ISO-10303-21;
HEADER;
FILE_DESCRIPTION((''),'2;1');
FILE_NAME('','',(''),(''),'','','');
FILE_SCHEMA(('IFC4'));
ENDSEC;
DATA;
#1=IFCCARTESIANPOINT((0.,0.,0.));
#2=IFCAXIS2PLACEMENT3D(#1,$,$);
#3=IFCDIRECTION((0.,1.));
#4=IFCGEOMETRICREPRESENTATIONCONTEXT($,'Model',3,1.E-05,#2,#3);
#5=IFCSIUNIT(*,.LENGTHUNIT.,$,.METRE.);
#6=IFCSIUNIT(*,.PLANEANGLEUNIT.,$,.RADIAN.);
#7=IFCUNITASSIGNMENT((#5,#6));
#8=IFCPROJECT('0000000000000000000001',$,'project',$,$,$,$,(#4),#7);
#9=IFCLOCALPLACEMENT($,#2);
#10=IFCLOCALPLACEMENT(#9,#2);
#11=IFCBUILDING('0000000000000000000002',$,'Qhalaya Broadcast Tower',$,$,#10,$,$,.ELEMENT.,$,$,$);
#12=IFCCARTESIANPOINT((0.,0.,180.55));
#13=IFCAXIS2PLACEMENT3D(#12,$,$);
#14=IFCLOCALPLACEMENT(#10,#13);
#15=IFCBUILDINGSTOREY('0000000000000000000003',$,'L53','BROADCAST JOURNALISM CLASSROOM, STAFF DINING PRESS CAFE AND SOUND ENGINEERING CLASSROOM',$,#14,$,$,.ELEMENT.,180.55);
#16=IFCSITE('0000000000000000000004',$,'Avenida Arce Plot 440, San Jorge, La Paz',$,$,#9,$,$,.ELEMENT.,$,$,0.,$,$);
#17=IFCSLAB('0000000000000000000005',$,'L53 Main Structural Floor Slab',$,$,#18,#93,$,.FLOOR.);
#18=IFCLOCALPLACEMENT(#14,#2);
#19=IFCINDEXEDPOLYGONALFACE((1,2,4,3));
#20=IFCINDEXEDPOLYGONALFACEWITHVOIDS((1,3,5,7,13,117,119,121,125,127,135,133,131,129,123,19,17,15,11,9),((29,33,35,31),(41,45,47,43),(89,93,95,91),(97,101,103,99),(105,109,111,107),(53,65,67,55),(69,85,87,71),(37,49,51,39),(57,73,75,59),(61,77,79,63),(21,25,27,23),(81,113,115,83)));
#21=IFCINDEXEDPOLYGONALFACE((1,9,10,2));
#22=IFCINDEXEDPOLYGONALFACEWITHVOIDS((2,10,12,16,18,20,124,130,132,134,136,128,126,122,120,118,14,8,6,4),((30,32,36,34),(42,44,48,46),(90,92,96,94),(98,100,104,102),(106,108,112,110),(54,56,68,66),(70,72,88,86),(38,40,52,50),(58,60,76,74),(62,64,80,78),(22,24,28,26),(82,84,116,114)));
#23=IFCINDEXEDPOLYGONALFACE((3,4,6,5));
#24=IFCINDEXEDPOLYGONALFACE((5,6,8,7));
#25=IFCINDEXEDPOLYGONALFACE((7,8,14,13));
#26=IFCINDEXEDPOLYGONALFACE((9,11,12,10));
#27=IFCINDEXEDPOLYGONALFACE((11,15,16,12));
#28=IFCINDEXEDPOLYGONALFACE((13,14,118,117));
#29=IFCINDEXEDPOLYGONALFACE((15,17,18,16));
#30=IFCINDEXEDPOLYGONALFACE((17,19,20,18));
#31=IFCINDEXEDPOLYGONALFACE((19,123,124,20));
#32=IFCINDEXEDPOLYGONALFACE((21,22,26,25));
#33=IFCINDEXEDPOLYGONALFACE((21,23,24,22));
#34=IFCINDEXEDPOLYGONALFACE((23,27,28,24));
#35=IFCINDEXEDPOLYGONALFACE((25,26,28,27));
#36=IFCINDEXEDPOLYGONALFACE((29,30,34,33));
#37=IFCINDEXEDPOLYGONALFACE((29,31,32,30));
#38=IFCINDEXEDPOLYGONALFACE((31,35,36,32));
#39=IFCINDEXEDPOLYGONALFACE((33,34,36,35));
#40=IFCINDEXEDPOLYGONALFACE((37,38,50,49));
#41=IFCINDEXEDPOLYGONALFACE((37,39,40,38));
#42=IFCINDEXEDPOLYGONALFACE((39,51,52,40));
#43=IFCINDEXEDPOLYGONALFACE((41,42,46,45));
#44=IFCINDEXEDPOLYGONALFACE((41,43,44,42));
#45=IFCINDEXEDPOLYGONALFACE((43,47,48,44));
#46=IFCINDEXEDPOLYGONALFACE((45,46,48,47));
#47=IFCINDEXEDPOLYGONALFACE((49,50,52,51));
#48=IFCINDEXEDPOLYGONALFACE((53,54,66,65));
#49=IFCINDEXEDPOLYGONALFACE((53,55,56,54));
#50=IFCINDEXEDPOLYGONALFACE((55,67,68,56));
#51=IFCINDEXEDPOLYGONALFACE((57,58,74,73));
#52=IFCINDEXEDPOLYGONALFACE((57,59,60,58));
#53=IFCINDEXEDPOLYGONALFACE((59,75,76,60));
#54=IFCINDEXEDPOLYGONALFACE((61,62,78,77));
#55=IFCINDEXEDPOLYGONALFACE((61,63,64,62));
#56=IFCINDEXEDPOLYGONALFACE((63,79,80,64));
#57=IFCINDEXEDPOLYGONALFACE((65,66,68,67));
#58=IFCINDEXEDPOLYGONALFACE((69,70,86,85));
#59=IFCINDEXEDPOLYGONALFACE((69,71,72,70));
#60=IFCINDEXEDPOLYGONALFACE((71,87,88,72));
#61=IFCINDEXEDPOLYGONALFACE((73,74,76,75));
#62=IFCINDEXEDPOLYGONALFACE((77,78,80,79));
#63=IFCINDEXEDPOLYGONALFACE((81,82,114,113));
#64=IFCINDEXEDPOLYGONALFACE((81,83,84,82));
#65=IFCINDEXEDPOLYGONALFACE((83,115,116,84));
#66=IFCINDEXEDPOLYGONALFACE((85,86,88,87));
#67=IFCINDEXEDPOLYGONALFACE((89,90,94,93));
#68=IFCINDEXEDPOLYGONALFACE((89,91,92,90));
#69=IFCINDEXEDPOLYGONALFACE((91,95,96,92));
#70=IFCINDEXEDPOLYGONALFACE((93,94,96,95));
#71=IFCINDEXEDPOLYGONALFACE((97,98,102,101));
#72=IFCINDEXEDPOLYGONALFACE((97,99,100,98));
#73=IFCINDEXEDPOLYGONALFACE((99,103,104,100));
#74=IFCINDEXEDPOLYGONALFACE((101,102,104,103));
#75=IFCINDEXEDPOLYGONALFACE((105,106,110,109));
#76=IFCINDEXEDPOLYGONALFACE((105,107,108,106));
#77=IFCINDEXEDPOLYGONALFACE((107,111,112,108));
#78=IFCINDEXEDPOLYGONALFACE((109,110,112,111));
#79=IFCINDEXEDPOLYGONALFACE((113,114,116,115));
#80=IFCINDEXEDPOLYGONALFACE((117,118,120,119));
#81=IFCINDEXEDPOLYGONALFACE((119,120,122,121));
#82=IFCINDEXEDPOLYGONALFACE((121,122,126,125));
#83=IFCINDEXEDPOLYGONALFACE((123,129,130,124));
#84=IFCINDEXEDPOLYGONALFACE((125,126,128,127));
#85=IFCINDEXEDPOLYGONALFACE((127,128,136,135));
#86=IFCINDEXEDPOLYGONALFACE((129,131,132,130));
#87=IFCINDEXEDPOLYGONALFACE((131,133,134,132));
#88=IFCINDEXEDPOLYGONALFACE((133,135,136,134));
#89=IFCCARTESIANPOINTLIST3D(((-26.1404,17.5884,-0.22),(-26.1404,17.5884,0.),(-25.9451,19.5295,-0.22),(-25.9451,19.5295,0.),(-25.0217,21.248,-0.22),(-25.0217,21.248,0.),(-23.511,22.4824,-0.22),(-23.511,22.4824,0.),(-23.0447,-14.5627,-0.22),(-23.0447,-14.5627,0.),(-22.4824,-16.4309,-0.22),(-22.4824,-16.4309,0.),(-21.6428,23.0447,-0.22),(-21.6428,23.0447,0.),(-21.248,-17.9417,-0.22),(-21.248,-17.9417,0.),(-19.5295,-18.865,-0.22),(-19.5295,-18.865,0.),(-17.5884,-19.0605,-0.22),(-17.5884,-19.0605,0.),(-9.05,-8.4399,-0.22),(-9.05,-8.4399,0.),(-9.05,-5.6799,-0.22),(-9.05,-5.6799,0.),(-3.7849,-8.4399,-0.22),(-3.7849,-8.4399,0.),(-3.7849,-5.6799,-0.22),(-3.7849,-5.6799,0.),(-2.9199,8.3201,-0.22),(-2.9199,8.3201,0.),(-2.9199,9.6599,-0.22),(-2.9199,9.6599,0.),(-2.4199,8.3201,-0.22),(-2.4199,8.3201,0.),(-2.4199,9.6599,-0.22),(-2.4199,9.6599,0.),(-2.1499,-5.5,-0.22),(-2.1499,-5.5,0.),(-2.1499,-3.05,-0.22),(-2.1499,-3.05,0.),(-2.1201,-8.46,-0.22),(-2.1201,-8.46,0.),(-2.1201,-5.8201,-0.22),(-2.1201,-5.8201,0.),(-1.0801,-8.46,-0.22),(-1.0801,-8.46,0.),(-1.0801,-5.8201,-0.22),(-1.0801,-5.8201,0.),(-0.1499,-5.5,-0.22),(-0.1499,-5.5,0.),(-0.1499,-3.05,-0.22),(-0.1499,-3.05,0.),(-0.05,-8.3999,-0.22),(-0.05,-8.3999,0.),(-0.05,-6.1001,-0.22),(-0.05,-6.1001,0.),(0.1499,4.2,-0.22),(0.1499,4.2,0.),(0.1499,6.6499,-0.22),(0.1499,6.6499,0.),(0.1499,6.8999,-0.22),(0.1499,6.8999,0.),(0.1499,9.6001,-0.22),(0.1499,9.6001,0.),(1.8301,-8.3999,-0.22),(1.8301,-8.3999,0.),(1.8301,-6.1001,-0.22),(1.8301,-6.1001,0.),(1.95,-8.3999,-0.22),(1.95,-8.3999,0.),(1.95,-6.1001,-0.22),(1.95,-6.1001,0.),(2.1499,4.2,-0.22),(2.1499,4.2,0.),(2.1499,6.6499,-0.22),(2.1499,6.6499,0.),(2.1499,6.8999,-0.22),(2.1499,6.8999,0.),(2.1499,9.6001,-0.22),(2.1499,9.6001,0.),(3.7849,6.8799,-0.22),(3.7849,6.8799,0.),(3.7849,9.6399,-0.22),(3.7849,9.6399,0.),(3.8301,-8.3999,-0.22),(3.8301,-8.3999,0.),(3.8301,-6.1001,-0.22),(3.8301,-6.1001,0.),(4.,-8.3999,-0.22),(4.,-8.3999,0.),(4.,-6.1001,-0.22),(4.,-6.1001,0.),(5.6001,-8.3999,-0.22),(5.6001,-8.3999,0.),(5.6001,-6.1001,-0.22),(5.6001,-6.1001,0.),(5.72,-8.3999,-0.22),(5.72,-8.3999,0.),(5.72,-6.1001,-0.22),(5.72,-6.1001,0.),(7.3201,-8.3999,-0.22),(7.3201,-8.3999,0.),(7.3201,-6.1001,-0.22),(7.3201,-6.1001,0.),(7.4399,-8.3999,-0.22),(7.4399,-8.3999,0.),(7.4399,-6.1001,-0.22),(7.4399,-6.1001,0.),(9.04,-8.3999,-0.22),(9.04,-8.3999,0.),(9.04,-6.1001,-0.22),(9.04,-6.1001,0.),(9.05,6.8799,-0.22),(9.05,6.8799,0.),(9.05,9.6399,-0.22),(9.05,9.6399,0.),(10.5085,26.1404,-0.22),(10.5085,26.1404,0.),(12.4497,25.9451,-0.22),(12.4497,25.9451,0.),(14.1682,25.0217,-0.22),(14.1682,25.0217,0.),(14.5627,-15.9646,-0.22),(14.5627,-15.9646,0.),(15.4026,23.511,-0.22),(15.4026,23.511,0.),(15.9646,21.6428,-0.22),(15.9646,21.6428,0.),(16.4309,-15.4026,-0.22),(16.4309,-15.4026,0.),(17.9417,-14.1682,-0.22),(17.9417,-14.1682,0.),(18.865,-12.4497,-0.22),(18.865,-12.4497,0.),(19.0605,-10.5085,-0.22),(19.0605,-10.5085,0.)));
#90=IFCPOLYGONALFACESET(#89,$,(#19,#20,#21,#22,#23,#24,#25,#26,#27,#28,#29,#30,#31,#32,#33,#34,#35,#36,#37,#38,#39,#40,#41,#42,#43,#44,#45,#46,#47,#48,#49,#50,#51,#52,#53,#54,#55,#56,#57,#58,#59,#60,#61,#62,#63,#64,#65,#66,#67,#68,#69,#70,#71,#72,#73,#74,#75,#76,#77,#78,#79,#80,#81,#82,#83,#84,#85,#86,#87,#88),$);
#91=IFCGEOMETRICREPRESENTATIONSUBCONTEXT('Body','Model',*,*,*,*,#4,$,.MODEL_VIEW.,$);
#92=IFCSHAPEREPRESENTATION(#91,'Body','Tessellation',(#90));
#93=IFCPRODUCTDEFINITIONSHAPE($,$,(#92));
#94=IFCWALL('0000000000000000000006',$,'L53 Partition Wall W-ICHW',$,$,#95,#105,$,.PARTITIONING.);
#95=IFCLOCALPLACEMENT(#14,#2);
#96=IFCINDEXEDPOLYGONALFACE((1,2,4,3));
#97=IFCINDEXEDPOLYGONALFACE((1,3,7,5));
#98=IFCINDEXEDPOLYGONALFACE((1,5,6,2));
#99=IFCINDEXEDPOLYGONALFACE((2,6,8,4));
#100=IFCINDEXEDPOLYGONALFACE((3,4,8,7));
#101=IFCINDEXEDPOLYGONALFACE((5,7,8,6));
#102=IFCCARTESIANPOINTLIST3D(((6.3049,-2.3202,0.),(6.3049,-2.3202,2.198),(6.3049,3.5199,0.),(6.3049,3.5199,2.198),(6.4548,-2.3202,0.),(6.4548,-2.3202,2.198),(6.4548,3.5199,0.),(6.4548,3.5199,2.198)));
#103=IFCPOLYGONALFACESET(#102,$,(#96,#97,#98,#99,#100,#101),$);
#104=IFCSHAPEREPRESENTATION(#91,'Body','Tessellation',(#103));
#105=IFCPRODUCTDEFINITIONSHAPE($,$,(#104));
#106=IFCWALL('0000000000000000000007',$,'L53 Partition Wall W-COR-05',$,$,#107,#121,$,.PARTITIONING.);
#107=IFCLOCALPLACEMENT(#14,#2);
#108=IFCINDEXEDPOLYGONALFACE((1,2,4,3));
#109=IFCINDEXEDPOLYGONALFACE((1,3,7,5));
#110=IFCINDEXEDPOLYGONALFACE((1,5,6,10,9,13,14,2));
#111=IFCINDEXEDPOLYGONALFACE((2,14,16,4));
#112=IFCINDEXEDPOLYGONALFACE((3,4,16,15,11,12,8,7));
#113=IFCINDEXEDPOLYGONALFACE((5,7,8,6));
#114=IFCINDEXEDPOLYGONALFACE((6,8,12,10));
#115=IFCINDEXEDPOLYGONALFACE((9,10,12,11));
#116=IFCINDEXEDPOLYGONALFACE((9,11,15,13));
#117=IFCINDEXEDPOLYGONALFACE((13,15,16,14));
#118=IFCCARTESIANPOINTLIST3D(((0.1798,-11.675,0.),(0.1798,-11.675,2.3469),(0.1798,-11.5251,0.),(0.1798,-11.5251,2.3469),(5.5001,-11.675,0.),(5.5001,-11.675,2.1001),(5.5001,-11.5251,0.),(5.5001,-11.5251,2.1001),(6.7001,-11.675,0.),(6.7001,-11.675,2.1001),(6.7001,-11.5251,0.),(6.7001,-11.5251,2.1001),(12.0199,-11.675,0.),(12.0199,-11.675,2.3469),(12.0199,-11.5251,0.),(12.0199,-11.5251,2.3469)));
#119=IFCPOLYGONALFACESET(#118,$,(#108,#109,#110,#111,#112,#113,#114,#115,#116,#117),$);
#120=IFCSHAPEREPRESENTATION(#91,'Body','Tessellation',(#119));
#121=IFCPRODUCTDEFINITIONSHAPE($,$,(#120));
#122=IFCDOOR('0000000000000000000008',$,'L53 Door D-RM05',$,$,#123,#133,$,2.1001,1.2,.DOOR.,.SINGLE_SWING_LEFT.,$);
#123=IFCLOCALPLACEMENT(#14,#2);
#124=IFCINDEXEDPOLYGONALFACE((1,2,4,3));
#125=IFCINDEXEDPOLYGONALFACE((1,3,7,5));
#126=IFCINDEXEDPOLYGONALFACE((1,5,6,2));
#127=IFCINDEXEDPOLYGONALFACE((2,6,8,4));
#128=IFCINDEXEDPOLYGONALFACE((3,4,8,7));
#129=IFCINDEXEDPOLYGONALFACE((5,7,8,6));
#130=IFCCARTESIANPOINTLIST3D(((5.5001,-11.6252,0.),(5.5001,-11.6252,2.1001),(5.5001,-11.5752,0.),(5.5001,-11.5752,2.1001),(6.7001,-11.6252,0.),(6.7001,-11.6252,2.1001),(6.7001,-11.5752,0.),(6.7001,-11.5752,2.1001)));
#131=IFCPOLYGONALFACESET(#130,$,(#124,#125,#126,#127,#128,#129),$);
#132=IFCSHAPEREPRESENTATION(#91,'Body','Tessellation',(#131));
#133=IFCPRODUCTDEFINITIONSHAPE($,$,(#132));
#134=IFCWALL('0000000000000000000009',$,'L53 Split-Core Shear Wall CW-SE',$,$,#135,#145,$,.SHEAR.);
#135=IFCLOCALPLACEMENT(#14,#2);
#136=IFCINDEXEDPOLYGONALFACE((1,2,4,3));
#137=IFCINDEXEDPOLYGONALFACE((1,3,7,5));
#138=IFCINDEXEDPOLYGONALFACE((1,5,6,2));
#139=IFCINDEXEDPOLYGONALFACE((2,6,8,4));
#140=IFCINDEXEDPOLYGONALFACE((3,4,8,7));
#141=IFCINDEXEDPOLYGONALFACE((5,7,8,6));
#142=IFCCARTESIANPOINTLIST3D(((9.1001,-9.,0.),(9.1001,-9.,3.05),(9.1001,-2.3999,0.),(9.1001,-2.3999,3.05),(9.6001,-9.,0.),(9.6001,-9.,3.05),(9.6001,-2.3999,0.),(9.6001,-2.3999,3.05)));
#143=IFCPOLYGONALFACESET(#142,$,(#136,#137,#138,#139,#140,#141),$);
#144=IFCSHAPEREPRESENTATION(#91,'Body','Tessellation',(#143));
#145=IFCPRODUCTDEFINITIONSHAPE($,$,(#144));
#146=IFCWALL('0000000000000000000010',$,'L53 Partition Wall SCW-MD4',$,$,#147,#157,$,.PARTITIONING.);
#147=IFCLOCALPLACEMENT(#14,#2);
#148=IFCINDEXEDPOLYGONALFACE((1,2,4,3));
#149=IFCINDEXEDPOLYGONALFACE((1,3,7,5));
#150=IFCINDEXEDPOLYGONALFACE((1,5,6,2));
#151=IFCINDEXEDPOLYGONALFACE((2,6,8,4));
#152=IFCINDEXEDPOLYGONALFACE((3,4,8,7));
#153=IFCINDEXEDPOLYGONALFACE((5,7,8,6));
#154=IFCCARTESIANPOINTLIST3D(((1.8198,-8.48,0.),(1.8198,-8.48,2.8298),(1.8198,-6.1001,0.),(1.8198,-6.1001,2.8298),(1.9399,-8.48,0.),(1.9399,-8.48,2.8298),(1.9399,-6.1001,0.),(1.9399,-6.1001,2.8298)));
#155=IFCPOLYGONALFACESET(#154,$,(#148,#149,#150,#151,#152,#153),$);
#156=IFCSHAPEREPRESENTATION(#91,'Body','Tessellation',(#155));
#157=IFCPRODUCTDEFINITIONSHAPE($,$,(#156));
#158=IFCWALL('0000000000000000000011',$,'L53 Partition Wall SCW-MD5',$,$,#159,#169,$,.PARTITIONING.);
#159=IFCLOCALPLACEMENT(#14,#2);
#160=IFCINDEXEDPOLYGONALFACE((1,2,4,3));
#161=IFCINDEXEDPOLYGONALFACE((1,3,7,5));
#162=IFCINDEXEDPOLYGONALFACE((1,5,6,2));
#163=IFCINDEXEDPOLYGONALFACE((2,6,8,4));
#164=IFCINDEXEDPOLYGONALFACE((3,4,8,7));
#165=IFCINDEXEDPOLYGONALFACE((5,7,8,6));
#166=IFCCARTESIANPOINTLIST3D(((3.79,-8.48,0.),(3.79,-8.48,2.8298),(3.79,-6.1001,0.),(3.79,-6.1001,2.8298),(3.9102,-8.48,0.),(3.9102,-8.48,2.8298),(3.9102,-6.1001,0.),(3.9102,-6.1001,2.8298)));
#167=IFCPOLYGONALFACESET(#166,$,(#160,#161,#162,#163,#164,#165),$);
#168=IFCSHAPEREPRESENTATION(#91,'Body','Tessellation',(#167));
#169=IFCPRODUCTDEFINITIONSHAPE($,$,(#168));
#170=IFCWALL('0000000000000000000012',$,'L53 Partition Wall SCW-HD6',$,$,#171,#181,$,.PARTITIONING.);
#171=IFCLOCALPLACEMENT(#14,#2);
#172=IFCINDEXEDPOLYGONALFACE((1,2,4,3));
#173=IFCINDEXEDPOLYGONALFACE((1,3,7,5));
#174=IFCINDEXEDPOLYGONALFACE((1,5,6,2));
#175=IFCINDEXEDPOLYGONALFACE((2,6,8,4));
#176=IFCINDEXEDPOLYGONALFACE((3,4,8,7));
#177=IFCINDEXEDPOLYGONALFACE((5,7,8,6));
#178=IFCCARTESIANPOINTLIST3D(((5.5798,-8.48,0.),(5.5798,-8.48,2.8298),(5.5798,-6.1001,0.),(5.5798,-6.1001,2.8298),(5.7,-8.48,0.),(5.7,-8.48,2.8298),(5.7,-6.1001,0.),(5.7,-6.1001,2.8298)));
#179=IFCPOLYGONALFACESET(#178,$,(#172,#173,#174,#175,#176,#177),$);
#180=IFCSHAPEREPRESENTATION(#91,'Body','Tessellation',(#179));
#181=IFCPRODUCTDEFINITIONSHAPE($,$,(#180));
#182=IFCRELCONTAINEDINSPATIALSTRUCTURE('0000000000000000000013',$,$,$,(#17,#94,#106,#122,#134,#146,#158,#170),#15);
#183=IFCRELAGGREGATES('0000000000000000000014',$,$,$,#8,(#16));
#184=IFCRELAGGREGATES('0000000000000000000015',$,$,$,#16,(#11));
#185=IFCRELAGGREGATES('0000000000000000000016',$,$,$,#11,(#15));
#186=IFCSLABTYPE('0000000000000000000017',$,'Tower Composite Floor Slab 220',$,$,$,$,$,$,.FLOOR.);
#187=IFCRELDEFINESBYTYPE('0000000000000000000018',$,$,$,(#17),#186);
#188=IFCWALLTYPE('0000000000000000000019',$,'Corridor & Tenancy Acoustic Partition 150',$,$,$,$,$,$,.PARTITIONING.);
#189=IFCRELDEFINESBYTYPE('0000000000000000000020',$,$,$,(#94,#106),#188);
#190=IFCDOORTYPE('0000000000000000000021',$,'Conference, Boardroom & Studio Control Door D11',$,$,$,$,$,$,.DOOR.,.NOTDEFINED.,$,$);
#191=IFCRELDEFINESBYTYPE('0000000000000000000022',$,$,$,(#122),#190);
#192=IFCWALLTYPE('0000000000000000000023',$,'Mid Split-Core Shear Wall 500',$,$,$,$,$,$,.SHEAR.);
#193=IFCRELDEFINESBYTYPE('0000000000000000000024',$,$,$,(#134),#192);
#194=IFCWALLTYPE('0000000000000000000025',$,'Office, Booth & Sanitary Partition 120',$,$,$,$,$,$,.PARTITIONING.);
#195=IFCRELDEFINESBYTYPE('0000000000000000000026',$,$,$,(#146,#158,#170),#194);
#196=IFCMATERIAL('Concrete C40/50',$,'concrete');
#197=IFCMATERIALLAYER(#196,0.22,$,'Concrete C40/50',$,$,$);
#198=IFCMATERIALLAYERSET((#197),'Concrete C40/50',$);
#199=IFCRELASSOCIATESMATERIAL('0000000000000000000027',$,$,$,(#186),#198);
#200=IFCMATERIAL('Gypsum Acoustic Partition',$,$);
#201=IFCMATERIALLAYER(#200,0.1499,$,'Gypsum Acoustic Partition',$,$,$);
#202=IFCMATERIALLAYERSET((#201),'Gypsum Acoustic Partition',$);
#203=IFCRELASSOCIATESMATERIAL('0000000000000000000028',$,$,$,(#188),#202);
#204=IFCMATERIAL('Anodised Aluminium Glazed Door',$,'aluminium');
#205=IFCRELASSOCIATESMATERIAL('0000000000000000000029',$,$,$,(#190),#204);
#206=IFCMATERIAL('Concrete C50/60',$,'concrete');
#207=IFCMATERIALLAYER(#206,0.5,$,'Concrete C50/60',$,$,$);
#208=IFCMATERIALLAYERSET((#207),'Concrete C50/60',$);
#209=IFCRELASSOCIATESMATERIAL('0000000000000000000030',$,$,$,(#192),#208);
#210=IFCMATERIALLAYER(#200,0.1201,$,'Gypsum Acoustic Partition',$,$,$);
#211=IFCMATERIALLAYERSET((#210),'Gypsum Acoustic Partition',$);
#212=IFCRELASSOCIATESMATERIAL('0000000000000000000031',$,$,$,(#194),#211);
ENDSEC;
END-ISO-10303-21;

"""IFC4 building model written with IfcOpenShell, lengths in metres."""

from ifc_helpers import new_model, si_unit, direction, frame, frame_2d, origin, place, context, subcontext, project, spatial, polyline, rectangle, outline, extrude, material, layer, layer_set, type_object, element, fill, save


model = new_model("IFC4")

# Units and contexts
model_context = context("Model", 3, precision=1e-05, world=origin(), true_north=direction((0.0, 1.0)))
body_context = subcontext(model_context, "Body", "Model", "MODEL_VIEW")
ifc_project = project(units=[si_unit("LENGTHUNIT", "METRE"), si_unit("PLANEANGLEUNIT", "RADIAN")], contexts=[model_context])

# Site, building, storey
site_placement = place(None, origin())
site = spatial("IfcSite", under=ifc_project, at=site_placement, Name="Avenida Arce Plot 440, San Jorge, La Paz", CompositionType="ELEMENT", RefElevation=0.0)
building_placement = place(site_placement, origin())
building = spatial("IfcBuilding", under=site, at=building_placement, Name="Qhalaya Broadcast Tower", CompositionType="ELEMENT")
storey_placement = place(building_placement, frame((0.0, 0.0, 180.55)))
storey = spatial("IfcBuildingStorey", under=building, at=storey_placement, Name="L53", Description="BROADCAST JOURNALISM CLASSROOM, STAFF DINING PRESS CAFE AND SOUND ENGINEERING CLASSROOM", CompositionType="ELEMENT", Elevation=180.55)

# Shared definitions
ifc_material_1 = material(Name="Concrete C40/50", Category="concrete")

# Slab
ifc_layer_1 = layer(ifc_material_1, 0.22, Name="Concrete C40/50")
ifc_layer_set_1 = layer_set([ifc_layer_1], Name="Concrete C40/50")
slab_type_1 = type_object("IfcSlabType", Name="Tower Composite Floor Slab 220", PredefinedType="FLOOR", material=ifc_layer_set_1)
slab_1_placement = place(storey_placement, frame((0.0, 0.0, -0.22)))
element("IfcSlab", 1, at=slab_1_placement, inside=storey, type_object=slab_type_1, Name="L53 Main Structural Floor Slab", PredefinedType="FLOOR", context=body_context, shape_type="SweptSolid", body=[
    extrude(outline(polyline([(14.5627, -15.9646), (16.4309, -15.4026), (17.9417, -14.1682), (18.865, -12.4497), (19.0605, -10.5085), (15.9646, 21.6428), (15.4026, 23.511), (14.1682, 25.0217), (12.4497, 25.9451), (10.5085, 26.1404), (-21.6428, 23.0447), (-23.511, 22.4824), (-25.0217, 21.248), (-25.9451, 19.5295), (-26.1404, 17.5884), (-23.0447, -14.5627), (-22.4824, -16.4309), (-21.248, -17.9417), (-19.5295, -18.865), (-17.5884, -19.0605), (14.5627, -15.9646)]), holes=[polyline([(3.7849, 9.6399), (9.05, 9.6399), (9.05, 6.8799), (3.7849, 6.8799), (3.7849, 9.6399)]), polyline([(-3.7849, -8.4399), (-9.05, -8.4399), (-9.05, -5.6799), (-3.7849, -5.6799), (-3.7849, -8.4399)]), polyline([(0.1499, 6.6499), (2.1499, 6.6499), (2.1499, 4.2), (0.1499, 4.2), (0.1499, 6.6499)]), polyline([(0.1499, 9.6001), (2.1499, 9.6001), (2.1499, 6.8999), (0.1499, 6.8999), (0.1499, 9.6001)]), polyline([(-2.1499, -3.05), (-0.1499, -3.05), (-0.1499, -5.5), (-2.1499, -5.5), (-2.1499, -3.05)]), polyline([(-0.05, -6.1001), (1.8301, -6.1001), (1.8301, -8.3999), (-0.05, -8.3999), (-0.05, -6.1001)]), polyline([(1.95, -6.1001), (3.8301, -6.1001), (3.8301, -8.3999), (1.95, -8.3999), (1.95, -6.1001)]), polyline([(4.0, -6.1001), (5.6001, -6.1001), (5.6001, -8.3999), (4.0, -8.3999), (4.0, -6.1001)]), polyline([(5.72, -6.1001), (7.3201, -6.1001), (7.3201, -8.3999), (5.72, -8.3999), (5.72, -6.1001)]), polyline([(7.4399, -6.1001), (9.04, -6.1001), (9.04, -8.3999), (7.4399, -8.3999), (7.4399, -6.1001)]), polyline([(-2.9199, 9.6599), (-2.4199, 9.6599), (-2.4199, 8.3201), (-2.9199, 8.3201), (-2.9199, 9.6599)]), polyline([(-2.1201, -5.8201), (-1.0801, -5.8201), (-1.0801, -8.46), (-2.1201, -8.46), (-2.1201, -5.8201)])]), origin(), (0.0, 0.0, 1.0), 0.22),
])

# Wall
ifc_material_2 = material(Name="Gypsum Acoustic Partition")
ifc_layer_2 = layer(ifc_material_2, 0.1499, Name="Gypsum Acoustic Partition")
ifc_layer_set_2 = layer_set([ifc_layer_2], Name="Gypsum Acoustic Partition")
wall_type_1 = type_object("IfcWallType", Name="Corridor & Tenancy Acoustic Partition 150", PredefinedType="PARTITIONING", material=ifc_layer_set_2)
wall_1_placement = place(storey_placement, frame((6.3799, -2.3201, 0.0), z_axis=(0.0, 0.0, 1.0), x_axis=(0.0, 1.0, 0.0)))
element("IfcWall", 2, at=wall_1_placement, inside=storey, type_object=wall_type_1, Name="L53 Partition Wall W-ICHW", PredefinedType="PARTITIONING", context=body_context, shape_type="SweptSolid", body=[
    extrude(rectangle(XDim=5.8401, YDim=0.1499, at=frame_2d((2.9199, 0.0))), origin(), (0.0, 0.0, 1.0), 2.198),
])

# Wall, opening, door
wall_2_placement = place(storey_placement, frame((0.1799, -11.6001, 0.0), z_axis=(0.0, 0.0, 1.0), x_axis=(1.0, 0.0, 0.0)))
wall_2 = element("IfcWall", 3, at=wall_2_placement, inside=storey, type_object=wall_type_1, Name="L53 Partition Wall W-COR-05", PredefinedType="PARTITIONING", context=body_context, shape_type="SweptSolid", body=[
    extrude(rectangle(XDim=11.8401, YDim=0.1499, at=frame_2d((5.9199, 0.0))), origin(), (0.0, 0.0, 1.0), 2.3469),
])
opening_1_placement = place(wall_2_placement, frame((5.3201, 0.0, 0.0)))
opening_1 = element("IfcOpeningElement", 4, at=opening_1_placement, cuts=wall_2, PredefinedType="OPENING", context=body_context, shape_type="SweptSolid", body=[
    extrude(rectangle(XDim=1.2, YDim=2.1001, at=frame_2d((0.6001, 1.05))), frame((0.0, 0.0869, 0.0), z_axis=(0.0, -1.0, 0.0), x_axis=(1.0, 0.0, 0.0)), (0.0, 0.0, 1.0), 0.1738),
])
ifc_material_3 = material(Name="Anodised Aluminium Glazed Door", Category="aluminium")
door_type_1 = type_object("IfcDoorType", Name="Conference, Boardroom & Studio Control Door D11", OperationType="NOTDEFINED", PredefinedType="DOOR", material=ifc_material_3)
door_1_placement = place(opening_1_placement, origin())
door_1 = element("IfcDoor", 5, at=door_1_placement, inside=storey, type_object=door_type_1, Name="L53 Door D-RM05", OperationType="SINGLE_SWING_LEFT", OverallHeight=2.1001, OverallWidth=1.2, PredefinedType="DOOR", context=body_context, shape_type="SweptSolid", body=[
    extrude(rectangle(XDim=1.2, YDim=2.1001, at=frame_2d((0.6001, 1.05))), frame((0.0, 0.0249, 0.0), z_axis=(0.0, -1.0, 0.0), x_axis=(1.0, 0.0, 0.0)), (0.0, 0.0, 1.0), 0.05),
])
fill(opening_1, door_1)

# Walls
ifc_material_4 = material(Name="Concrete C50/60", Category="concrete")
ifc_layer_3 = layer(ifc_material_4, 0.5, Name="Concrete C50/60")
ifc_layer_set_3 = layer_set([ifc_layer_3], Name="Concrete C50/60")
wall_type_2 = type_object("IfcWallType", Name="Mid Split-Core Shear Wall 500", PredefinedType="SHEAR", material=ifc_layer_set_3)
wall_3_placement = place(storey_placement, frame((9.3501, -9.0, 0.0), z_axis=(0.0, 0.0, 1.0), x_axis=(0.0, 1.0, 0.0)))
element("IfcWall", 6, at=wall_3_placement, inside=storey, type_object=wall_type_2, Name="L53 Split-Core Shear Wall CW-SE", PredefinedType="SHEAR", context=body_context, shape_type="SweptSolid", body=[
    extrude(rectangle(XDim=6.6001, YDim=0.5, at=frame_2d((3.3, 0.0))), origin(), (0.0, 0.0, 1.0), 3.05),
])
ifc_layer_4 = layer(ifc_material_2, 0.1201, Name="Gypsum Acoustic Partition")
ifc_layer_set_4 = layer_set([ifc_layer_4], Name="Gypsum Acoustic Partition")
wall_type_3 = type_object("IfcWallType", Name="Office, Booth & Sanitary Partition 120", PredefinedType="PARTITIONING", material=ifc_layer_set_4)
for number, where, z_axis, x_axis, name in (
    (7, (1.8799, -8.48, 0.0), (0.0, 0.0, 1.0), (0.0, 1.0, 0.0), "L53 Partition Wall SCW-MD4"),
    (8, (3.8501, -8.48, 0.0), (0.0, 0.0, 1.0), (0.0, 1.0, 0.0), "L53 Partition Wall SCW-MD5"),
    (9, (5.6399, -8.48, 0.0), (0.0, 0.0, 1.0), (0.0, 1.0, 0.0), "L53 Partition Wall SCW-HD6"),
):
    element("IfcWall", number, at=place(storey_placement, frame(where, z_axis=z_axis, x_axis=x_axis)), inside=storey, type_object=wall_type_3, Name=name, PredefinedType="PARTITIONING", context=body_context, shape_type="SweptSolid", body=[
        extrude(rectangle(XDim=2.3799, YDim=0.1201, at=frame_2d((1.1899, 0.0))), origin(), (0.0, 0.0, 1.0), 2.8298),
    ])

save(model, "model.ifc")
